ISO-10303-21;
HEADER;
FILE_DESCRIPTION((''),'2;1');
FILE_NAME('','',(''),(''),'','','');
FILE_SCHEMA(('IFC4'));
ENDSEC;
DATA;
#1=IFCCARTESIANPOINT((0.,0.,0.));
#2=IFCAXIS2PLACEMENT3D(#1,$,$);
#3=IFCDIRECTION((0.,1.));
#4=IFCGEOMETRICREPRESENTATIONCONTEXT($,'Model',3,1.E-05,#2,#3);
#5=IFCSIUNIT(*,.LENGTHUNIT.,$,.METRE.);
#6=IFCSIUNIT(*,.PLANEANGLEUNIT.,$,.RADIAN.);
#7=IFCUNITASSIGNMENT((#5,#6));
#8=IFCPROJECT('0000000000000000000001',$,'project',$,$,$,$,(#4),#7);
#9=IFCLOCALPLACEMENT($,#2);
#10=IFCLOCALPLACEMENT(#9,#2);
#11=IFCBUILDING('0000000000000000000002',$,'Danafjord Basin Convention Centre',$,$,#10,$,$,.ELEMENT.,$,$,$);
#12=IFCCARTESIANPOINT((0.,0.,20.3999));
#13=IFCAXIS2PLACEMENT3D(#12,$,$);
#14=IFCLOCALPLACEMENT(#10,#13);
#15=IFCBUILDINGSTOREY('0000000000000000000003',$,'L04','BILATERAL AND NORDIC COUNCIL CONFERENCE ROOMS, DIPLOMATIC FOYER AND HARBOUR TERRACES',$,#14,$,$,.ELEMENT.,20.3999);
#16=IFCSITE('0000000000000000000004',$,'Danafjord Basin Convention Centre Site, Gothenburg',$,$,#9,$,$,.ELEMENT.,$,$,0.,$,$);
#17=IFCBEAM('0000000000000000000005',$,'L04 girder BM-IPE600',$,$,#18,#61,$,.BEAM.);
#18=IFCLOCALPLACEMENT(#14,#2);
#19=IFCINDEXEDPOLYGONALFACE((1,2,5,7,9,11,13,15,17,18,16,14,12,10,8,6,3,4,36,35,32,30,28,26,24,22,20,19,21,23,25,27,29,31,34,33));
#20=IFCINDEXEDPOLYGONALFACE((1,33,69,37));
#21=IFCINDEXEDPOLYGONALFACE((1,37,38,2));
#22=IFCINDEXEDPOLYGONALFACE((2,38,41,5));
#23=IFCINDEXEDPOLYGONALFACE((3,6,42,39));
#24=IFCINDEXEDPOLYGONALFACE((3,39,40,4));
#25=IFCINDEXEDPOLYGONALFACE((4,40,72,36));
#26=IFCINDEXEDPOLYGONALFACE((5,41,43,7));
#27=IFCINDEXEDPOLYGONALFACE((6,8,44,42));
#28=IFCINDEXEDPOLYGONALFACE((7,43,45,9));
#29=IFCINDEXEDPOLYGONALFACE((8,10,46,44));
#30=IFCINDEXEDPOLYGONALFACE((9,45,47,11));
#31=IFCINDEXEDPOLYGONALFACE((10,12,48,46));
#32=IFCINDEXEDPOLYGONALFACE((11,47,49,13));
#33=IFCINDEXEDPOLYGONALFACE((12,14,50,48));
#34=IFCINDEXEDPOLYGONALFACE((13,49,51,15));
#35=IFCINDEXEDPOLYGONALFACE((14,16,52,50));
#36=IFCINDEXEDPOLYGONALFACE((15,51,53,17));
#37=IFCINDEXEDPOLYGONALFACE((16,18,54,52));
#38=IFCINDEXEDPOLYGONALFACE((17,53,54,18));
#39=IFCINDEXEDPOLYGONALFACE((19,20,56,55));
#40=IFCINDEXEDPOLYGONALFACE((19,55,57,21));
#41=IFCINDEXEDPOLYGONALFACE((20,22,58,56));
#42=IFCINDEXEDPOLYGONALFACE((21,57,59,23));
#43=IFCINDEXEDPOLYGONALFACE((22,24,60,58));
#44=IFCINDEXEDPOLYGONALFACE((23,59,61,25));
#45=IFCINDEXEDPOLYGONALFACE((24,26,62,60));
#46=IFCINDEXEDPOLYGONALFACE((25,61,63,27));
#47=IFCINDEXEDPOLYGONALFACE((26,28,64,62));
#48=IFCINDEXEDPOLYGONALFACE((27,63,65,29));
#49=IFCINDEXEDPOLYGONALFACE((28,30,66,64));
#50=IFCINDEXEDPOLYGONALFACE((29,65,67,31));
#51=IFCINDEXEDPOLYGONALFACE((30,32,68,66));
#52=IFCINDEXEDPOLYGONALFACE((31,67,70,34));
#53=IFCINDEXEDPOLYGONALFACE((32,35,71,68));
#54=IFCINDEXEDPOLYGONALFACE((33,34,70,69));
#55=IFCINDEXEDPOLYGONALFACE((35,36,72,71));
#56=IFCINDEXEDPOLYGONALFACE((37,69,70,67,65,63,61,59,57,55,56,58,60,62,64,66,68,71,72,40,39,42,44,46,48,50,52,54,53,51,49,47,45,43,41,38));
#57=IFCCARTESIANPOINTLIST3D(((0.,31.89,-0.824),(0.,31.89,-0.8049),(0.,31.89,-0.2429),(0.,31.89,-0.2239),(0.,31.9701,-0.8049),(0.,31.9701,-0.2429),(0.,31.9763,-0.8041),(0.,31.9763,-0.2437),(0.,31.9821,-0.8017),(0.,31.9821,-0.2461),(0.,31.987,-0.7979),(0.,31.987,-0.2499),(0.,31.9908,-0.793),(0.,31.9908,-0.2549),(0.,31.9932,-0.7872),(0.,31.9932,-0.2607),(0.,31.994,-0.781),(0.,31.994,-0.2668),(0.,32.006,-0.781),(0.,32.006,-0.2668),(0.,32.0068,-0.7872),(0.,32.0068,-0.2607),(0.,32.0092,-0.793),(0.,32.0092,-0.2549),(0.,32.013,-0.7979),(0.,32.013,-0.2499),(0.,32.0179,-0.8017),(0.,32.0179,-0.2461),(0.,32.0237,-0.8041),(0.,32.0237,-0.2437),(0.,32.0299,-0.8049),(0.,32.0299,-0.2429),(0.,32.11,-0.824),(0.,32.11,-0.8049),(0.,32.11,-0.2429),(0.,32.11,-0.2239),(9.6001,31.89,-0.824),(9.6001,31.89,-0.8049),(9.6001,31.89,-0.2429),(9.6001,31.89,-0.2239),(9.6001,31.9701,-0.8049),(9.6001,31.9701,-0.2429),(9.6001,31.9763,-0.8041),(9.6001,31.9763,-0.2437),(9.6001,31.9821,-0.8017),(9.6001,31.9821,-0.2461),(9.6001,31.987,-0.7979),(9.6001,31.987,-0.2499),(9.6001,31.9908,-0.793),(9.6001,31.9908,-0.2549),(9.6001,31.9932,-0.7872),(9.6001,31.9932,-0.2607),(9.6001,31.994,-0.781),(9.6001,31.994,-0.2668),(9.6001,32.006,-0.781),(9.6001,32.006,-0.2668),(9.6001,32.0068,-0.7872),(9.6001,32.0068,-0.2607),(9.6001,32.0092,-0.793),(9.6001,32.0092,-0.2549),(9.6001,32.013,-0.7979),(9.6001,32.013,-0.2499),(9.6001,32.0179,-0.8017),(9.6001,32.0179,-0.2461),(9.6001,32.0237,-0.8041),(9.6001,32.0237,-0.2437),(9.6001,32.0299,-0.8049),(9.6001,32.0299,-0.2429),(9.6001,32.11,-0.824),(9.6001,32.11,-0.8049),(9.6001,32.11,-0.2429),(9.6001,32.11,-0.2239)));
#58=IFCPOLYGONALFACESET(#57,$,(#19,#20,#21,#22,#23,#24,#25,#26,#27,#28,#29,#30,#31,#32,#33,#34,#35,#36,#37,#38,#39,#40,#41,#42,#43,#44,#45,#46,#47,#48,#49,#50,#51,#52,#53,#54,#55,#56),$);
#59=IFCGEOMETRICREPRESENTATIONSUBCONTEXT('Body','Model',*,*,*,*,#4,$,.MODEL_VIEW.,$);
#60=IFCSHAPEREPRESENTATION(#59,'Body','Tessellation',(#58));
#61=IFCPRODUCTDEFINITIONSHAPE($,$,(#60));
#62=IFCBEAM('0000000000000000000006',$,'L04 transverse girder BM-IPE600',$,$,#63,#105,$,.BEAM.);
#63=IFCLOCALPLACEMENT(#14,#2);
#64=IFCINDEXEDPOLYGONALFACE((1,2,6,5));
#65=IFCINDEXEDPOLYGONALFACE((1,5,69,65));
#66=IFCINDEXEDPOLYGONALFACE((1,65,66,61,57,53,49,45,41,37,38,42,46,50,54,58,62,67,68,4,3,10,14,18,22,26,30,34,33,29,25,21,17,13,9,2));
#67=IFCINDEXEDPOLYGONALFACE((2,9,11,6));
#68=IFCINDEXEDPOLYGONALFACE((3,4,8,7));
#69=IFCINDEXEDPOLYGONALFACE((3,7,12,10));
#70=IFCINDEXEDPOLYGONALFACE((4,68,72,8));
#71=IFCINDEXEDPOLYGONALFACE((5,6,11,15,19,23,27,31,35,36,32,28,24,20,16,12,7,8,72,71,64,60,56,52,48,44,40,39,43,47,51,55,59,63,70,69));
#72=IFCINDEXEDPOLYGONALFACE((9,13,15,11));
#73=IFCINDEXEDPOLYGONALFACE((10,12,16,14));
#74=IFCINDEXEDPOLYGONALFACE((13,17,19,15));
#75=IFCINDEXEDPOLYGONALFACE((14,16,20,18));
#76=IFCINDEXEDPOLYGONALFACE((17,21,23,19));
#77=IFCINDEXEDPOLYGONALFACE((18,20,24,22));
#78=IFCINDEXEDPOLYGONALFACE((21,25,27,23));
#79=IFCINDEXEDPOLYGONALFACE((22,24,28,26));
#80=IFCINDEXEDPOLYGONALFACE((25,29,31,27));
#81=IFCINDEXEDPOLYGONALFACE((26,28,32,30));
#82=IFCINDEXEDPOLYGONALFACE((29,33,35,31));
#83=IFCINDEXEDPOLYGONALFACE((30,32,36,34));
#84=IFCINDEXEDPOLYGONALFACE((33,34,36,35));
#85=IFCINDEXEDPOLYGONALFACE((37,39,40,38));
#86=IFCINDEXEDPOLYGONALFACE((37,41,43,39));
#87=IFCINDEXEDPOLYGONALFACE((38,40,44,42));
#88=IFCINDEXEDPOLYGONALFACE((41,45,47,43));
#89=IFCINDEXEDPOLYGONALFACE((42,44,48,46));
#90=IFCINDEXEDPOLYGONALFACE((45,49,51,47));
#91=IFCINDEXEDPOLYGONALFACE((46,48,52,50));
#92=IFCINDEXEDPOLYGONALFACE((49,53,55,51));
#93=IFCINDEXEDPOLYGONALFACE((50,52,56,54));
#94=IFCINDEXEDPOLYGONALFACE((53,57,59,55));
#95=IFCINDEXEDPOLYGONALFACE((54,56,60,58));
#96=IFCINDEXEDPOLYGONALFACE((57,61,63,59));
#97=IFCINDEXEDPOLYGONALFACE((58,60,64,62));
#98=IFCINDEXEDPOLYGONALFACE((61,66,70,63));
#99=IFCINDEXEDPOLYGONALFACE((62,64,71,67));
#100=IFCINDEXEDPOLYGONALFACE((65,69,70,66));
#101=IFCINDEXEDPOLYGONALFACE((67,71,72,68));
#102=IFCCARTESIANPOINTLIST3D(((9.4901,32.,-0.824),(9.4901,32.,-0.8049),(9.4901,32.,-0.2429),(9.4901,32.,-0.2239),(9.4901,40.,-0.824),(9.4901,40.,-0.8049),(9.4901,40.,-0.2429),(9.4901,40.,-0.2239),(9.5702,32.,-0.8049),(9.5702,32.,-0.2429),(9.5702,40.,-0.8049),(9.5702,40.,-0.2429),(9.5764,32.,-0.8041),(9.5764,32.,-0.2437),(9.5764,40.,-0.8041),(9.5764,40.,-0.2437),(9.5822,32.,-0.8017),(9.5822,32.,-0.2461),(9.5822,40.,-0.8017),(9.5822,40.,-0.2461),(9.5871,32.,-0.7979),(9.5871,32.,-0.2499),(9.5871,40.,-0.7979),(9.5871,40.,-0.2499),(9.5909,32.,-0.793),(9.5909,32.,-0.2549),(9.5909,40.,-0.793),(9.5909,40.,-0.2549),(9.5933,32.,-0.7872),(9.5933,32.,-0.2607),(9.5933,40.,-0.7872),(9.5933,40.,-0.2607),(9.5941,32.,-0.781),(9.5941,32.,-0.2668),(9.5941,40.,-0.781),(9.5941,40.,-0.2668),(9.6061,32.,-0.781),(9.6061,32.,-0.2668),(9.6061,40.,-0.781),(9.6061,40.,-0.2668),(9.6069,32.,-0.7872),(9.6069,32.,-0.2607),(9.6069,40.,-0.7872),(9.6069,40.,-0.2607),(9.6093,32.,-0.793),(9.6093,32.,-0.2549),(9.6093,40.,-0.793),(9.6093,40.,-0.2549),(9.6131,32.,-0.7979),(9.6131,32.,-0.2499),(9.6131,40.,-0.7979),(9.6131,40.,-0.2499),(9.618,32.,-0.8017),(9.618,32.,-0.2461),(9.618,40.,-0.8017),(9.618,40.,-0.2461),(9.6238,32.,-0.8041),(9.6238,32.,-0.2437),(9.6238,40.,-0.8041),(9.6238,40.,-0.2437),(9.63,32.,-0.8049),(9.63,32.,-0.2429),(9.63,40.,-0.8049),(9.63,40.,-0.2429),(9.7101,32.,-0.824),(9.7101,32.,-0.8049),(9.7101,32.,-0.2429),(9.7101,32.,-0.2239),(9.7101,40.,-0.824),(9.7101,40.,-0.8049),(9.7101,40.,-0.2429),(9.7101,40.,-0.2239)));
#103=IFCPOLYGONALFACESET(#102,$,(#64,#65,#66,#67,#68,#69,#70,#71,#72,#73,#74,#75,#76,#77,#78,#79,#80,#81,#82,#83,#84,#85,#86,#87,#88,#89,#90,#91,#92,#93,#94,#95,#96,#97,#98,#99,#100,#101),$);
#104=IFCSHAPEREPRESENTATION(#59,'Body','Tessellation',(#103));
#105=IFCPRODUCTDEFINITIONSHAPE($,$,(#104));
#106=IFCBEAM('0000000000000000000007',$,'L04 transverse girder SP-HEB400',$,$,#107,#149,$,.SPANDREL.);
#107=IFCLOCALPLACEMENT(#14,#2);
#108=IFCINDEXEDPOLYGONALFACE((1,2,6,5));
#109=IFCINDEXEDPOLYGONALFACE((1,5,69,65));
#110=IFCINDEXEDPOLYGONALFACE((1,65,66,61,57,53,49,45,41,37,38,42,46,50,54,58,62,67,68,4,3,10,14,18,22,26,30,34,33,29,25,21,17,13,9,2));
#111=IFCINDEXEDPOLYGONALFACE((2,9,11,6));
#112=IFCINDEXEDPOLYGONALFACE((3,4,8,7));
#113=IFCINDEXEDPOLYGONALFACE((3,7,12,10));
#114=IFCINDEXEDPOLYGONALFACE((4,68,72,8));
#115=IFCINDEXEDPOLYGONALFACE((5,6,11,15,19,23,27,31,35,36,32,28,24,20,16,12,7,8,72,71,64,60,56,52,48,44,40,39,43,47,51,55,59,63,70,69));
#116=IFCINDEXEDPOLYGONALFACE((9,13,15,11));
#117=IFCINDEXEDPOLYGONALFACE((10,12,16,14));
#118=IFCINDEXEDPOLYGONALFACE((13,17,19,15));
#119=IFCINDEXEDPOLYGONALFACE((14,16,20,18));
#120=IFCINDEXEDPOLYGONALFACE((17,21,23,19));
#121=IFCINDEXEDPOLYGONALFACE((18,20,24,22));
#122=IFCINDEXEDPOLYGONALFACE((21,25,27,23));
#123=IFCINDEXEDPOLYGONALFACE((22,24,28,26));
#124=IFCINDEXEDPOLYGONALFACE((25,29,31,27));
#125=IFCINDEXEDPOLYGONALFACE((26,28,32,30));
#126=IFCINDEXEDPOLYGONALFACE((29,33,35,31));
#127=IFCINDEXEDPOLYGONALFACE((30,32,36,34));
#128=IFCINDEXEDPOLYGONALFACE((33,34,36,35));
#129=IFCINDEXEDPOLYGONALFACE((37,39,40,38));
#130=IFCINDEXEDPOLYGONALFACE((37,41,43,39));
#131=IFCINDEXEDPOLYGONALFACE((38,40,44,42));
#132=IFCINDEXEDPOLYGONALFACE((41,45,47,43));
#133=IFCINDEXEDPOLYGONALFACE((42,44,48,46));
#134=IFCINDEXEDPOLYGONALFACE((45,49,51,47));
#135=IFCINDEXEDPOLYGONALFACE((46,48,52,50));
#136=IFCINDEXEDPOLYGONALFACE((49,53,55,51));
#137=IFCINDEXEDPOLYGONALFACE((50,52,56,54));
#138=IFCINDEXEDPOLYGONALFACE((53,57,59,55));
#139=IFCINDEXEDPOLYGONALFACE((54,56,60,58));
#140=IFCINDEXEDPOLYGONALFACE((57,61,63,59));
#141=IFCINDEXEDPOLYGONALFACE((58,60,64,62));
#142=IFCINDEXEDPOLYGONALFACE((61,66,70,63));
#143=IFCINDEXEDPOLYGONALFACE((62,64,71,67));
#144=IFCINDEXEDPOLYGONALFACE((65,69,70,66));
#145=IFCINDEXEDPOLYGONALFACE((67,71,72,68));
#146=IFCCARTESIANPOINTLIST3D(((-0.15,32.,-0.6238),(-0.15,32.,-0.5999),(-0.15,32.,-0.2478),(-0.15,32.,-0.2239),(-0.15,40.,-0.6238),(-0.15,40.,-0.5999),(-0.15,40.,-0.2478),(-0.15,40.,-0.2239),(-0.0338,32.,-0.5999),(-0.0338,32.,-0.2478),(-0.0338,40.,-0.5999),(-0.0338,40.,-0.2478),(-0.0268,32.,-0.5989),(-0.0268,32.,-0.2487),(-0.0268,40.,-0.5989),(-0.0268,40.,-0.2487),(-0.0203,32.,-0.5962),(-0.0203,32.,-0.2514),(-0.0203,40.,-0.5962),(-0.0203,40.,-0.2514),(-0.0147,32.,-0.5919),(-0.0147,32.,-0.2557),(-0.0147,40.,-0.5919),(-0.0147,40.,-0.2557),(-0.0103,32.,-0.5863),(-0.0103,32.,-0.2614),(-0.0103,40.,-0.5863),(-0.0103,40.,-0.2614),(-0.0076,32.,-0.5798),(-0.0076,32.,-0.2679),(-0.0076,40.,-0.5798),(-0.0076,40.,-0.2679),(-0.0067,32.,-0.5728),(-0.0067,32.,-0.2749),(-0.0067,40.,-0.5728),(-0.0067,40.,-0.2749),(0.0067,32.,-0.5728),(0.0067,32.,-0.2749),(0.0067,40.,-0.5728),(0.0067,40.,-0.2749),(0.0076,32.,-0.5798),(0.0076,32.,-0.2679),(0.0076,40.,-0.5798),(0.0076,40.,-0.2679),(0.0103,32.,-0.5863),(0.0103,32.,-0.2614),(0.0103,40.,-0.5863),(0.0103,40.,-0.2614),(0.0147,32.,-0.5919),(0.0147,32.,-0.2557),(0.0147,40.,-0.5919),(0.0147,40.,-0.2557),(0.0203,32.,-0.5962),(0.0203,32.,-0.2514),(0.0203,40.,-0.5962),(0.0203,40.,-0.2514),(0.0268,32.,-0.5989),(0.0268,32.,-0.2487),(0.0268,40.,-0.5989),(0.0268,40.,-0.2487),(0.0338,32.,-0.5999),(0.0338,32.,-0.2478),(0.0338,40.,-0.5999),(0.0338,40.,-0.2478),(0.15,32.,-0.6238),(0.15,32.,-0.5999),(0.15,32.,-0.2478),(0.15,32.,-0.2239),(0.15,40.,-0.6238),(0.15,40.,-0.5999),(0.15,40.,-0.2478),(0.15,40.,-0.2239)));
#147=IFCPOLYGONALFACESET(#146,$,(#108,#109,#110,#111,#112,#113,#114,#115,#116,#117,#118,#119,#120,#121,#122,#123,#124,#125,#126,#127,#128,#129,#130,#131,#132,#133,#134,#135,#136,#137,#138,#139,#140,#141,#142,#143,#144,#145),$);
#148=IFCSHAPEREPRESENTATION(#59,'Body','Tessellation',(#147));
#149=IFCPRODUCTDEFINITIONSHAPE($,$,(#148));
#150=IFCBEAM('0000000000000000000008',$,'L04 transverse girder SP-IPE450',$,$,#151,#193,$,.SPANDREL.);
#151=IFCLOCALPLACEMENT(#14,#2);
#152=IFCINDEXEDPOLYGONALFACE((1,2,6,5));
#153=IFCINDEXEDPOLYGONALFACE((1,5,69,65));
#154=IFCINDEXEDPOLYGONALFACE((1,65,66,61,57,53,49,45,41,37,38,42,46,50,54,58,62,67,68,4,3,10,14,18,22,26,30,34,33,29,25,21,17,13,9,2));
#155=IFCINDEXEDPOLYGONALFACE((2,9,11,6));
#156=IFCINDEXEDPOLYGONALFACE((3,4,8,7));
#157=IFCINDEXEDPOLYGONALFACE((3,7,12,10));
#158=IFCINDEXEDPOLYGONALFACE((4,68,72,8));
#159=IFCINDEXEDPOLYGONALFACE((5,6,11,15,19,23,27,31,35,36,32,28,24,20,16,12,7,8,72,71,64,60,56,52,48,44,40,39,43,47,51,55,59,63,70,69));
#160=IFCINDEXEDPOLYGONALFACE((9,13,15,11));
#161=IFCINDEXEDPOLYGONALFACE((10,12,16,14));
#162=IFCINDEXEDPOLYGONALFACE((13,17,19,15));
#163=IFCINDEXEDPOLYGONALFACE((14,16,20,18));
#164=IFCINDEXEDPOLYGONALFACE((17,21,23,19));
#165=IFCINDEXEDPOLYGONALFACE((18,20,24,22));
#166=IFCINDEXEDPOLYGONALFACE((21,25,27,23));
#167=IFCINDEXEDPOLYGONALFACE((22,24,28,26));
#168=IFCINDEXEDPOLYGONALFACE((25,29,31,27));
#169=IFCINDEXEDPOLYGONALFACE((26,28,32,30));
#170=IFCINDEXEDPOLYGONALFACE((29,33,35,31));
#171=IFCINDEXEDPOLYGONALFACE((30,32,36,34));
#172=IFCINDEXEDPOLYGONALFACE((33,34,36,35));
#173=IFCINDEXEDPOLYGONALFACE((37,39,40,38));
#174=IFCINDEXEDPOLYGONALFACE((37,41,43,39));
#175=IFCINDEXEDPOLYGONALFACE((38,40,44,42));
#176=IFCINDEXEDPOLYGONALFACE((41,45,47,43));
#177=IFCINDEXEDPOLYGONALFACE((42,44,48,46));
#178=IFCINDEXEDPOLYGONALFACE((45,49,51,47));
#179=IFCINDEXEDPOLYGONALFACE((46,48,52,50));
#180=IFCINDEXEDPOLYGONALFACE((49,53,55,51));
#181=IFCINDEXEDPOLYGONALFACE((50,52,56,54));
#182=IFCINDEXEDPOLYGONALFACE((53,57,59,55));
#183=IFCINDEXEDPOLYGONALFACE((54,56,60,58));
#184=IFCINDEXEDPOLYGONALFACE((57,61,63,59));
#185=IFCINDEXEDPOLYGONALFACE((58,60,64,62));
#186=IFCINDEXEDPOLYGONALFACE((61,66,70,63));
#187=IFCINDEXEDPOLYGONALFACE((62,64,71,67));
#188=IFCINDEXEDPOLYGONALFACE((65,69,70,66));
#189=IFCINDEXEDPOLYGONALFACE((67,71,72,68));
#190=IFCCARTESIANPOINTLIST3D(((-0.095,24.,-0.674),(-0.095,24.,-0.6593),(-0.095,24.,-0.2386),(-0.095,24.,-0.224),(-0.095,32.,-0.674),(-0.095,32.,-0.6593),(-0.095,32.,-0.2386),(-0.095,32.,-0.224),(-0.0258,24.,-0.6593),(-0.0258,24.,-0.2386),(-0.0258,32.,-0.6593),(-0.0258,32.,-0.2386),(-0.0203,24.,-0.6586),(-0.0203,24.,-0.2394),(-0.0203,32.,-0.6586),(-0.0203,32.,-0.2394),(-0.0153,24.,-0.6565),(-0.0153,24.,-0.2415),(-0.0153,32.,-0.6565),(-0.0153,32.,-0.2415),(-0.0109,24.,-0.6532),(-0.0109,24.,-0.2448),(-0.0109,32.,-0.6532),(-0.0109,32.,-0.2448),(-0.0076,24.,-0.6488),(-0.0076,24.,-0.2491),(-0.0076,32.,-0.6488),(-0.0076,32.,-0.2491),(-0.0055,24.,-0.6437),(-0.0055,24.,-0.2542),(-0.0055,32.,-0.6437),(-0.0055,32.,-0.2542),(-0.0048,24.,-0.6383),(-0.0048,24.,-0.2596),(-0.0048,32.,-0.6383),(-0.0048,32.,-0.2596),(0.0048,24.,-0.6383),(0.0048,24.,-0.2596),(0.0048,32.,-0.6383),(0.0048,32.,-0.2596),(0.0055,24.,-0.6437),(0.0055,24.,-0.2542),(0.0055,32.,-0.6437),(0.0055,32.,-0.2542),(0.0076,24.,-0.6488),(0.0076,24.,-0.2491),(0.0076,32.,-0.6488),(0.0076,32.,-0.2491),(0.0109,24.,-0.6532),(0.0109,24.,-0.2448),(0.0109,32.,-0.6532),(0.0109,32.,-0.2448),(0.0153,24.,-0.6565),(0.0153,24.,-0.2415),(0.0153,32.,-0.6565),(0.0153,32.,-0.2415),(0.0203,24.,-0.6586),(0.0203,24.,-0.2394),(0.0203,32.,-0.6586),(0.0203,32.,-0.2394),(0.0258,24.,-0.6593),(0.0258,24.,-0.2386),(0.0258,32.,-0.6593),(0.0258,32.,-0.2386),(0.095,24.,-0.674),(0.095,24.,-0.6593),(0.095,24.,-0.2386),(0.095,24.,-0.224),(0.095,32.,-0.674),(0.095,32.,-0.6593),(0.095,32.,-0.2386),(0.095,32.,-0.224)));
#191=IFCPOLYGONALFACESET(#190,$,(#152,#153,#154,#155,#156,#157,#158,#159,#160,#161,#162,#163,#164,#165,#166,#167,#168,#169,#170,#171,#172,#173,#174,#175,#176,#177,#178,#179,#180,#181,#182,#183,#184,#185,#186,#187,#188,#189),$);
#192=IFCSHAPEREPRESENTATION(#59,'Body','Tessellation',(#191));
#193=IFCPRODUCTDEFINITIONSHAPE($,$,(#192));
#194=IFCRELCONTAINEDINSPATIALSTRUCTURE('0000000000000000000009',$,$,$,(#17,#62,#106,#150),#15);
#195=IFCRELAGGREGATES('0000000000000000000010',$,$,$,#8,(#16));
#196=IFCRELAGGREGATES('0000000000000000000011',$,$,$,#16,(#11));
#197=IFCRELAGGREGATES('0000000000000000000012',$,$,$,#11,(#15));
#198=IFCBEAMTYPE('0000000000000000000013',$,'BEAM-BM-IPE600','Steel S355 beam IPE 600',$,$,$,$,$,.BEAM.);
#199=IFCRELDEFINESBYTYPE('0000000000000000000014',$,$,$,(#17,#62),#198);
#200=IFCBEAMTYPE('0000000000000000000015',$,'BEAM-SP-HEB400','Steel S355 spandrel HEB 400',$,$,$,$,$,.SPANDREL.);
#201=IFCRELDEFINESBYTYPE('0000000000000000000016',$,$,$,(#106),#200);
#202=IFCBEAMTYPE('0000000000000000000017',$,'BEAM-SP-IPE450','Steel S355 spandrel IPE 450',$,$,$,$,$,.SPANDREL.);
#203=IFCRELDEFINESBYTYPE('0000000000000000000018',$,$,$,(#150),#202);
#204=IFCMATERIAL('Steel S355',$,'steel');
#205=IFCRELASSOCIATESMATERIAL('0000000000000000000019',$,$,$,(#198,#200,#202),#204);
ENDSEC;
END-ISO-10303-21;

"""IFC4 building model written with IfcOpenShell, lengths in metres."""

from ifc_helpers import new_model, si_unit, direction, frame, origin, origin_2d, place, context, subcontext, project, spatial, i_section, extrude, material, material_profile, profile_set, type_object, element, save


model = new_model("IFC4")

# Units and contexts
model_context = context("Model", 3, precision=1e-05, world=origin(), true_north=direction((0.0, 1.0)))
body_context = subcontext(model_context, "Body", "Model", "MODEL_VIEW")
ifc_project = project(units=[si_unit("LENGTHUNIT", "METRE"), si_unit("PLANEANGLEUNIT", "RADIAN")], contexts=[model_context])

# Site, building, storey
site_placement = place(None, origin())
site = spatial("IfcSite", under=ifc_project, at=site_placement, Name="Danafjord Basin Convention Centre Site, Gothenburg", CompositionType="ELEMENT", RefElevation=0.0)
building_placement = place(site_placement, origin())
building = spatial("IfcBuilding", under=site, at=building_placement, Name="Danafjord Basin Convention Centre", CompositionType="ELEMENT")
storey_placement = place(building_placement, frame((0.0, 0.0, 20.3999)))
storey = spatial("IfcBuildingStorey", under=building, at=storey_placement, Name="L04", Description="BILATERAL AND NORDIC COUNCIL CONFERENCE ROOMS, DIPLOMATIC FOYER AND HARBOUR TERRACES", CompositionType="ELEMENT", Elevation=20.3999)

# Shared definitions
ifc_material_1 = material(Name="Steel S355", Category="steel")

# Beams
ifc_material_profile_1 = material_profile(ifc_material_1, i_section(OverallWidth=0.22, OverallDepth=0.6001, WebThickness=0.012, FlangeThickness=0.019, FilletRadius=0.0239, at=origin_2d()), Name="IPE 600")
ifc_profile_set_1 = profile_set([ifc_material_profile_1], Name="Steel S355")
beam_type_1 = type_object("IfcBeamType", Name="BEAM-BM-IPE600", Description="Steel S355 beam IPE 600", PredefinedType="BEAM", material=ifc_profile_set_1)
beam_1_placement = place(storey_placement, frame((0.0, 32.0, -0.5239), z_axis=(1.0, 0.0, 0.0), x_axis=(0.0, 1.0, 0.0)))
element("IfcBeam", 1, at=beam_1_placement, inside=storey, type_object=beam_type_1, Name="L04 girder BM-IPE600", PredefinedType="BEAM", context=body_context, shape_type="SweptSolid", body=[
    extrude(i_section(OverallWidth=0.22, OverallDepth=0.6001, WebThickness=0.012, FlangeThickness=0.019, FilletRadius=0.0239, at=origin_2d()), origin(), (0.0, 0.0, 1.0), 9.6001),
])
beam_2_placement = place(storey_placement, frame((9.6001, 32.0, -0.5239), z_axis=(0.0, 1.0, 0.0), x_axis=(-1.0, 0.0, 0.0)))
element("IfcBeam", 2, at=beam_2_placement, inside=storey, type_object=beam_type_1, Name="L04 transverse girder BM-IPE600", PredefinedType="BEAM", context=body_context, shape_type="SweptSolid", body=[
    extrude(i_section(OverallWidth=0.22, OverallDepth=0.6001, WebThickness=0.012, FlangeThickness=0.019, FilletRadius=0.0239, at=origin_2d()), origin(), (0.0, 0.0, 1.0), 8.0),
])
ifc_material_profile_2 = material_profile(ifc_material_1, i_section(OverallWidth=0.3, OverallDepth=0.3999, WebThickness=0.0134, FlangeThickness=0.0239, FilletRadius=0.0271, at=origin_2d()), Name="HEB 400")
ifc_profile_set_2 = profile_set([ifc_material_profile_2], Name="Steel S355")
beam_type_2 = type_object("IfcBeamType", Name="BEAM-SP-HEB400", Description="Steel S355 spandrel HEB 400", PredefinedType="SPANDREL", material=ifc_profile_set_2)
beam_3_placement = place(storey_placement, frame((0.0, 32.0, -0.4238), z_axis=(0.0, 1.0, 0.0), x_axis=(-1.0, 0.0, 0.0)))
element("IfcBeam", 3, at=beam_3_placement, inside=storey, type_object=beam_type_2, Name="L04 transverse girder SP-HEB400", PredefinedType="SPANDREL", context=body_context, shape_type="SweptSolid", body=[
    extrude(i_section(OverallWidth=0.3, OverallDepth=0.3999, WebThickness=0.0134, FlangeThickness=0.0239, FilletRadius=0.0271, at=origin_2d()), origin(), (0.0, 0.0, 1.0), 8.0),
])
ifc_material_profile_3 = material_profile(ifc_material_1, i_section(OverallWidth=0.1899, OverallDepth=0.45, WebThickness=0.0095, FlangeThickness=0.0146, FilletRadius=0.021, at=origin_2d()), Name="IPE 450")
ifc_profile_set_3 = profile_set([ifc_material_profile_3], Name="Steel S355")
beam_type_3 = type_object("IfcBeamType", Name="BEAM-SP-IPE450", Description="Steel S355 spandrel IPE 450", PredefinedType="SPANDREL", material=ifc_profile_set_3)
beam_4_placement = place(storey_placement, frame((0.0, 24.0, -0.449), z_axis=(0.0, 1.0, 0.0), x_axis=(-1.0, 0.0, 0.0)))
element("IfcBeam", 4, at=beam_4_placement, inside=storey, type_object=beam_type_3, Name="L04 transverse girder SP-IPE450", PredefinedType="SPANDREL", context=body_context, shape_type="SweptSolid", body=[
    extrude(i_section(OverallWidth=0.1899, OverallDepth=0.45, WebThickness=0.0095, FlangeThickness=0.0146, FilletRadius=0.021, at=origin_2d()), origin(), (0.0, 0.0, 1.0), 8.0),
])

save(model, "model.ifc")
